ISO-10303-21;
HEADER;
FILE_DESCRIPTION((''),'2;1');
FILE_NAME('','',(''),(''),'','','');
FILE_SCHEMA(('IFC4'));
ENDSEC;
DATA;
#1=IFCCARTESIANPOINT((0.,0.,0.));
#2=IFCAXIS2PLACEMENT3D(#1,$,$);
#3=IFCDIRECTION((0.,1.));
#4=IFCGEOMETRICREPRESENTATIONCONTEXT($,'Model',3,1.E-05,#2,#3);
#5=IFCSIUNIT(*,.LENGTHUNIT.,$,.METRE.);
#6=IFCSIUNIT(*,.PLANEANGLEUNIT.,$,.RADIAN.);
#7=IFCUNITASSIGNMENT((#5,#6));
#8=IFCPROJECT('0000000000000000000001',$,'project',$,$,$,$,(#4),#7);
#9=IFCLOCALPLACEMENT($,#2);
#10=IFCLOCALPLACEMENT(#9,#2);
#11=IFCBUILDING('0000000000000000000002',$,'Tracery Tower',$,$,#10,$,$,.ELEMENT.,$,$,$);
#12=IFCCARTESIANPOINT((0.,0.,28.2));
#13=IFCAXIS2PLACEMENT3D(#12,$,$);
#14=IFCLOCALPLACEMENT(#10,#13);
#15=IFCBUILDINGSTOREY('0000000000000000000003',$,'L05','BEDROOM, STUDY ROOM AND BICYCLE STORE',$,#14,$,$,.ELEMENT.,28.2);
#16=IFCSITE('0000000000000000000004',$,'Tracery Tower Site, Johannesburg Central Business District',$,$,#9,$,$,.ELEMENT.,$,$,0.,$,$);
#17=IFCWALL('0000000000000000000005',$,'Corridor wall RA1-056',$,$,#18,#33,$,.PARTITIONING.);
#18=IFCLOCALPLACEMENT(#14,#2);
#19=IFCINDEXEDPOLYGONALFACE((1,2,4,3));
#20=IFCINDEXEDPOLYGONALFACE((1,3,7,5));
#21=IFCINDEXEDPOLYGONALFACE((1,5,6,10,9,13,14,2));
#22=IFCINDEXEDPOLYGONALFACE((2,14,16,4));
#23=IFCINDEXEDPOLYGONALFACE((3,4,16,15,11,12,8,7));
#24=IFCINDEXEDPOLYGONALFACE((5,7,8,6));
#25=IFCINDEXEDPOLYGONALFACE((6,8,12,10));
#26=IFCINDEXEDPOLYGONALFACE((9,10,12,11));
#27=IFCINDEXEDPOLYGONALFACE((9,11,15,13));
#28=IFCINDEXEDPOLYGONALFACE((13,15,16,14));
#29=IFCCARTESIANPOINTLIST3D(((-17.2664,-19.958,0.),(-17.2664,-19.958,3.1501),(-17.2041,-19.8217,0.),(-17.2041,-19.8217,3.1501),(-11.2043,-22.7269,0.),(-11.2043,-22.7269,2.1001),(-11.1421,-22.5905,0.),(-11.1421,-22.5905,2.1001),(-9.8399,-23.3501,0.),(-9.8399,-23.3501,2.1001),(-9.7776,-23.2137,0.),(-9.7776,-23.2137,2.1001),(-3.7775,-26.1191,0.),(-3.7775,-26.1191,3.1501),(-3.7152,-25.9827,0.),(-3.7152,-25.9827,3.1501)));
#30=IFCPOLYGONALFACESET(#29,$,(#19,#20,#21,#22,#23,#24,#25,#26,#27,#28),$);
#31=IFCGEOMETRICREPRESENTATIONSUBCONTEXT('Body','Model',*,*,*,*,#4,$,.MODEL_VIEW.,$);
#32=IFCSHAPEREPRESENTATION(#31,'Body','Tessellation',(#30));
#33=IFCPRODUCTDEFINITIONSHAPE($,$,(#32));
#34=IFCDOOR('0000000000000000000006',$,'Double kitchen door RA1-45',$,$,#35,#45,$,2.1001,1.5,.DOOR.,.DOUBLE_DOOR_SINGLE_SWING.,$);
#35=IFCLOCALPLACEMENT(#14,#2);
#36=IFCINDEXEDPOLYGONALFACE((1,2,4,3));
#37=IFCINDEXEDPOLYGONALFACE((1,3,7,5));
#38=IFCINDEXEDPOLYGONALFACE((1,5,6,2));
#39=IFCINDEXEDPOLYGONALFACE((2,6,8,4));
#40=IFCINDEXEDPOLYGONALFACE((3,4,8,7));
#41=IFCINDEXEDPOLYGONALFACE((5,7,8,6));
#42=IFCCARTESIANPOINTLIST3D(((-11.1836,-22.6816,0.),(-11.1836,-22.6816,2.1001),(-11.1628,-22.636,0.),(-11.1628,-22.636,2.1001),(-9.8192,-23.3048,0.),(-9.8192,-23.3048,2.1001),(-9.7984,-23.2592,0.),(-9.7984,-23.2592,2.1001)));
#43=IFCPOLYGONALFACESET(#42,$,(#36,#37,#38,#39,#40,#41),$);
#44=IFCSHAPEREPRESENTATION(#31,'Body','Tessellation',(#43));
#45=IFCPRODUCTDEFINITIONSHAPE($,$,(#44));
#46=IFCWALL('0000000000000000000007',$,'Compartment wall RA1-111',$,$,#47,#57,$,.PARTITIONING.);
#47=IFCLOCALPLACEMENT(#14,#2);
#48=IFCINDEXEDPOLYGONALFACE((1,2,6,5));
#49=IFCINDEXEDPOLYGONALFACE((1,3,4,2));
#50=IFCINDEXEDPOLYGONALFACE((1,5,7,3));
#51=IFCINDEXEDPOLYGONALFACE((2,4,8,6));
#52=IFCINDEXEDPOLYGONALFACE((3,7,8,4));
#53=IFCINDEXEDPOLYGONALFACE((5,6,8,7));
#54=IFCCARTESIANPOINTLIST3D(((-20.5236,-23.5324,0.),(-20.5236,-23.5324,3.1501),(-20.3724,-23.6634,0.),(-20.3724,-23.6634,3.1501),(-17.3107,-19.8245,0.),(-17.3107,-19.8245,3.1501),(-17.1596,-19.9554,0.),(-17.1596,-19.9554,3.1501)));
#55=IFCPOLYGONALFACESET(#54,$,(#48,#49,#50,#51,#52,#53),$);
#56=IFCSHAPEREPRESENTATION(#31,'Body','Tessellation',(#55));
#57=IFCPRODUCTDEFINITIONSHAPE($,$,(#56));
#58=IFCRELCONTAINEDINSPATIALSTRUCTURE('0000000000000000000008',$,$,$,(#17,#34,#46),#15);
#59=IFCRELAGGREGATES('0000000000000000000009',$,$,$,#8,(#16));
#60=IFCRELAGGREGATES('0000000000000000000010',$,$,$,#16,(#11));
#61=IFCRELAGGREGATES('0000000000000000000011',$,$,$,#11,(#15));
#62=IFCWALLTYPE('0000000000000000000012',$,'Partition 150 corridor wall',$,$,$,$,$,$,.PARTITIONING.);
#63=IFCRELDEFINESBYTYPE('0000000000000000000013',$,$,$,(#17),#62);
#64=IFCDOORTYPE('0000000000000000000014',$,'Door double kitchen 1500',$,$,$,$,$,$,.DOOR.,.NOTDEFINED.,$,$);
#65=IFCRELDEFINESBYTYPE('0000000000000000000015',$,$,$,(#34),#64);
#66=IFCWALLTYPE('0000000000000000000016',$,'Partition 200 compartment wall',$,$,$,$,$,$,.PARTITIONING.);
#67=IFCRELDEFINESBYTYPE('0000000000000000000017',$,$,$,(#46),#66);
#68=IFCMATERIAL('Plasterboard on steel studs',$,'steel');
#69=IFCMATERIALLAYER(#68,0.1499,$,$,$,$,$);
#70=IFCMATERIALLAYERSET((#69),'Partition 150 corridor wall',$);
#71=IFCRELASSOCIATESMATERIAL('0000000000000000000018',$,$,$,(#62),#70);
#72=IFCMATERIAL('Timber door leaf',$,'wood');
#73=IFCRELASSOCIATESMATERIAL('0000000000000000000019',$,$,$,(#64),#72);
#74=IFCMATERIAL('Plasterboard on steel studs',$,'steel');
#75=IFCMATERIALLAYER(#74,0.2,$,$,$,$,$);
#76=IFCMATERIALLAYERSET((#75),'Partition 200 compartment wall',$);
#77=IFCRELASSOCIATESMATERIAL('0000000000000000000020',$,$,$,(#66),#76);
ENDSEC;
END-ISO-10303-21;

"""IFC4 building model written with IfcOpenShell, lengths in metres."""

from ifc_helpers import new_model, si_unit, direction, frame, frame_2d, origin, place, context, subcontext, project, spatial, rectangle, extrude, material, layer, layer_set, type_object, element, fill, save


model = new_model("IFC4")

# Units and contexts
model_context = context("Model", 3, precision=1e-05, world=origin(), true_north=direction((0.0, 1.0)))
body_context = subcontext(model_context, "Body", "Model", "MODEL_VIEW")
ifc_project = project(units=[si_unit("LENGTHUNIT", "METRE"), si_unit("PLANEANGLEUNIT", "RADIAN")], contexts=[model_context])

# Site, building, storey
site_placement = place(None, origin())
site = spatial("IfcSite", under=ifc_project, at=site_placement, Name="Tracery Tower Site, Johannesburg Central Business District", CompositionType="ELEMENT", RefElevation=0.0)
building_placement = place(site_placement, origin())
building = spatial("IfcBuilding", under=site, at=building_placement, Name="Tracery Tower", CompositionType="ELEMENT")
storey_placement = place(building_placement, frame((0.0, 0.0, 28.2)))
storey = spatial("IfcBuildingStorey", under=building, at=storey_placement, Name="L05", Description="BEDROOM, STUDY ROOM AND BICYCLE STORE", CompositionType="ELEMENT", Elevation=28.2)

# Wall, opening, door
ifc_material_1 = material(Name="Plasterboard on steel studs", Category="steel")
ifc_layer_1 = layer(ifc_material_1, 0.1499)
ifc_layer_set_1 = layer_set([ifc_layer_1], Name="Partition 150 corridor wall")
wall_type_1 = type_object("IfcWallType", Name="Partition 150 corridor wall", PredefinedType="PARTITIONING", material=ifc_layer_set_1)
wall_1_placement = place(storey_placement, frame((-17.2351, -19.8899, 0.0), z_axis=(0.0, 0.0, 1.0), x_axis=(0.909609, -0.415466, 0.0)))
wall_1 = element("IfcWall", 1, at=wall_1_placement, inside=storey, type_object=wall_type_1, Name="Corridor wall RA1-056", PredefinedType="PARTITIONING", context=body_context, shape_type="SweptSolid", body=[
    extrude(rectangle(XDim=14.8293, YDim=0.1499, at=frame_2d((7.4146, 0.0))), origin(), (0.0, 0.0, 1.0), 3.1501),
])
opening_1_placement = place(wall_1_placement, frame((6.6643, 0.0, 0.0)))
opening_1 = element("IfcOpeningElement", 2, at=opening_1_placement, cuts=wall_1, PredefinedType="OPENING", context=body_context, shape_type="SweptSolid", body=[
    extrude(rectangle(XDim=1.5, YDim=2.1001, at=frame_2d((0.75, 1.05))), frame((0.0, 0.075, 0.0), z_axis=(0.0, -1.0, 0.0), x_axis=(1.0, 0.0, 0.0)), (0.0, 0.0, 1.0), 0.1499),
])
ifc_material_2 = material(Name="Timber door leaf", Category="wood")
door_type_1 = type_object("IfcDoorType", Name="Door double kitchen 1500", OperationType="NOTDEFINED", PredefinedType="DOOR", material=ifc_material_2)
door_1_placement = place(opening_1_placement, origin())
door_1 = element("IfcDoor", 3, at=door_1_placement, inside=storey, type_object=door_type_1, Name="Double kitchen door RA1-45", OperationType="DOUBLE_DOOR_SINGLE_SWING", OverallHeight=2.1001, OverallWidth=1.5, PredefinedType="DOOR", context=body_context, shape_type="SweptSolid", body=[
    extrude(rectangle(XDim=1.5, YDim=2.1001, at=frame_2d((0.75, 1.05))), frame((0.0, 0.0249, 0.0), z_axis=(0.0, -1.0, 0.0), x_axis=(1.0, 0.0, 0.0)), (0.0, 0.0, 1.0), 0.05),
])
fill(opening_1, door_1)

# Wall
ifc_material_3 = material(Name="Plasterboard on steel studs", Category="steel")
ifc_layer_2 = layer(ifc_material_3, 0.2)
ifc_layer_set_2 = layer_set([ifc_layer_2], Name="Partition 200 compartment wall")
wall_type_2 = type_object("IfcWallType", Name="Partition 200 compartment wall", PredefinedType="PARTITIONING", material=ifc_layer_set_2)
wall_2_placement = place(storey_placement, frame((-20.448, -23.5979, 0.0), z_axis=(0.0, 0.0, 1.0), x_axis=(0.654847, 0.755761, 0.0)))
element("IfcWall", 4, at=wall_2_placement, inside=storey, type_object=wall_type_2, Name="Compartment wall RA1-111", PredefinedType="PARTITIONING", context=body_context, shape_type="SweptSolid", body=[
    extrude(rectangle(XDim=4.9062, YDim=0.2, at=frame_2d((2.4531, 0.0))), origin(), (0.0, 0.0, 1.0), 3.1501),
])

save(model, "model.ifc")
